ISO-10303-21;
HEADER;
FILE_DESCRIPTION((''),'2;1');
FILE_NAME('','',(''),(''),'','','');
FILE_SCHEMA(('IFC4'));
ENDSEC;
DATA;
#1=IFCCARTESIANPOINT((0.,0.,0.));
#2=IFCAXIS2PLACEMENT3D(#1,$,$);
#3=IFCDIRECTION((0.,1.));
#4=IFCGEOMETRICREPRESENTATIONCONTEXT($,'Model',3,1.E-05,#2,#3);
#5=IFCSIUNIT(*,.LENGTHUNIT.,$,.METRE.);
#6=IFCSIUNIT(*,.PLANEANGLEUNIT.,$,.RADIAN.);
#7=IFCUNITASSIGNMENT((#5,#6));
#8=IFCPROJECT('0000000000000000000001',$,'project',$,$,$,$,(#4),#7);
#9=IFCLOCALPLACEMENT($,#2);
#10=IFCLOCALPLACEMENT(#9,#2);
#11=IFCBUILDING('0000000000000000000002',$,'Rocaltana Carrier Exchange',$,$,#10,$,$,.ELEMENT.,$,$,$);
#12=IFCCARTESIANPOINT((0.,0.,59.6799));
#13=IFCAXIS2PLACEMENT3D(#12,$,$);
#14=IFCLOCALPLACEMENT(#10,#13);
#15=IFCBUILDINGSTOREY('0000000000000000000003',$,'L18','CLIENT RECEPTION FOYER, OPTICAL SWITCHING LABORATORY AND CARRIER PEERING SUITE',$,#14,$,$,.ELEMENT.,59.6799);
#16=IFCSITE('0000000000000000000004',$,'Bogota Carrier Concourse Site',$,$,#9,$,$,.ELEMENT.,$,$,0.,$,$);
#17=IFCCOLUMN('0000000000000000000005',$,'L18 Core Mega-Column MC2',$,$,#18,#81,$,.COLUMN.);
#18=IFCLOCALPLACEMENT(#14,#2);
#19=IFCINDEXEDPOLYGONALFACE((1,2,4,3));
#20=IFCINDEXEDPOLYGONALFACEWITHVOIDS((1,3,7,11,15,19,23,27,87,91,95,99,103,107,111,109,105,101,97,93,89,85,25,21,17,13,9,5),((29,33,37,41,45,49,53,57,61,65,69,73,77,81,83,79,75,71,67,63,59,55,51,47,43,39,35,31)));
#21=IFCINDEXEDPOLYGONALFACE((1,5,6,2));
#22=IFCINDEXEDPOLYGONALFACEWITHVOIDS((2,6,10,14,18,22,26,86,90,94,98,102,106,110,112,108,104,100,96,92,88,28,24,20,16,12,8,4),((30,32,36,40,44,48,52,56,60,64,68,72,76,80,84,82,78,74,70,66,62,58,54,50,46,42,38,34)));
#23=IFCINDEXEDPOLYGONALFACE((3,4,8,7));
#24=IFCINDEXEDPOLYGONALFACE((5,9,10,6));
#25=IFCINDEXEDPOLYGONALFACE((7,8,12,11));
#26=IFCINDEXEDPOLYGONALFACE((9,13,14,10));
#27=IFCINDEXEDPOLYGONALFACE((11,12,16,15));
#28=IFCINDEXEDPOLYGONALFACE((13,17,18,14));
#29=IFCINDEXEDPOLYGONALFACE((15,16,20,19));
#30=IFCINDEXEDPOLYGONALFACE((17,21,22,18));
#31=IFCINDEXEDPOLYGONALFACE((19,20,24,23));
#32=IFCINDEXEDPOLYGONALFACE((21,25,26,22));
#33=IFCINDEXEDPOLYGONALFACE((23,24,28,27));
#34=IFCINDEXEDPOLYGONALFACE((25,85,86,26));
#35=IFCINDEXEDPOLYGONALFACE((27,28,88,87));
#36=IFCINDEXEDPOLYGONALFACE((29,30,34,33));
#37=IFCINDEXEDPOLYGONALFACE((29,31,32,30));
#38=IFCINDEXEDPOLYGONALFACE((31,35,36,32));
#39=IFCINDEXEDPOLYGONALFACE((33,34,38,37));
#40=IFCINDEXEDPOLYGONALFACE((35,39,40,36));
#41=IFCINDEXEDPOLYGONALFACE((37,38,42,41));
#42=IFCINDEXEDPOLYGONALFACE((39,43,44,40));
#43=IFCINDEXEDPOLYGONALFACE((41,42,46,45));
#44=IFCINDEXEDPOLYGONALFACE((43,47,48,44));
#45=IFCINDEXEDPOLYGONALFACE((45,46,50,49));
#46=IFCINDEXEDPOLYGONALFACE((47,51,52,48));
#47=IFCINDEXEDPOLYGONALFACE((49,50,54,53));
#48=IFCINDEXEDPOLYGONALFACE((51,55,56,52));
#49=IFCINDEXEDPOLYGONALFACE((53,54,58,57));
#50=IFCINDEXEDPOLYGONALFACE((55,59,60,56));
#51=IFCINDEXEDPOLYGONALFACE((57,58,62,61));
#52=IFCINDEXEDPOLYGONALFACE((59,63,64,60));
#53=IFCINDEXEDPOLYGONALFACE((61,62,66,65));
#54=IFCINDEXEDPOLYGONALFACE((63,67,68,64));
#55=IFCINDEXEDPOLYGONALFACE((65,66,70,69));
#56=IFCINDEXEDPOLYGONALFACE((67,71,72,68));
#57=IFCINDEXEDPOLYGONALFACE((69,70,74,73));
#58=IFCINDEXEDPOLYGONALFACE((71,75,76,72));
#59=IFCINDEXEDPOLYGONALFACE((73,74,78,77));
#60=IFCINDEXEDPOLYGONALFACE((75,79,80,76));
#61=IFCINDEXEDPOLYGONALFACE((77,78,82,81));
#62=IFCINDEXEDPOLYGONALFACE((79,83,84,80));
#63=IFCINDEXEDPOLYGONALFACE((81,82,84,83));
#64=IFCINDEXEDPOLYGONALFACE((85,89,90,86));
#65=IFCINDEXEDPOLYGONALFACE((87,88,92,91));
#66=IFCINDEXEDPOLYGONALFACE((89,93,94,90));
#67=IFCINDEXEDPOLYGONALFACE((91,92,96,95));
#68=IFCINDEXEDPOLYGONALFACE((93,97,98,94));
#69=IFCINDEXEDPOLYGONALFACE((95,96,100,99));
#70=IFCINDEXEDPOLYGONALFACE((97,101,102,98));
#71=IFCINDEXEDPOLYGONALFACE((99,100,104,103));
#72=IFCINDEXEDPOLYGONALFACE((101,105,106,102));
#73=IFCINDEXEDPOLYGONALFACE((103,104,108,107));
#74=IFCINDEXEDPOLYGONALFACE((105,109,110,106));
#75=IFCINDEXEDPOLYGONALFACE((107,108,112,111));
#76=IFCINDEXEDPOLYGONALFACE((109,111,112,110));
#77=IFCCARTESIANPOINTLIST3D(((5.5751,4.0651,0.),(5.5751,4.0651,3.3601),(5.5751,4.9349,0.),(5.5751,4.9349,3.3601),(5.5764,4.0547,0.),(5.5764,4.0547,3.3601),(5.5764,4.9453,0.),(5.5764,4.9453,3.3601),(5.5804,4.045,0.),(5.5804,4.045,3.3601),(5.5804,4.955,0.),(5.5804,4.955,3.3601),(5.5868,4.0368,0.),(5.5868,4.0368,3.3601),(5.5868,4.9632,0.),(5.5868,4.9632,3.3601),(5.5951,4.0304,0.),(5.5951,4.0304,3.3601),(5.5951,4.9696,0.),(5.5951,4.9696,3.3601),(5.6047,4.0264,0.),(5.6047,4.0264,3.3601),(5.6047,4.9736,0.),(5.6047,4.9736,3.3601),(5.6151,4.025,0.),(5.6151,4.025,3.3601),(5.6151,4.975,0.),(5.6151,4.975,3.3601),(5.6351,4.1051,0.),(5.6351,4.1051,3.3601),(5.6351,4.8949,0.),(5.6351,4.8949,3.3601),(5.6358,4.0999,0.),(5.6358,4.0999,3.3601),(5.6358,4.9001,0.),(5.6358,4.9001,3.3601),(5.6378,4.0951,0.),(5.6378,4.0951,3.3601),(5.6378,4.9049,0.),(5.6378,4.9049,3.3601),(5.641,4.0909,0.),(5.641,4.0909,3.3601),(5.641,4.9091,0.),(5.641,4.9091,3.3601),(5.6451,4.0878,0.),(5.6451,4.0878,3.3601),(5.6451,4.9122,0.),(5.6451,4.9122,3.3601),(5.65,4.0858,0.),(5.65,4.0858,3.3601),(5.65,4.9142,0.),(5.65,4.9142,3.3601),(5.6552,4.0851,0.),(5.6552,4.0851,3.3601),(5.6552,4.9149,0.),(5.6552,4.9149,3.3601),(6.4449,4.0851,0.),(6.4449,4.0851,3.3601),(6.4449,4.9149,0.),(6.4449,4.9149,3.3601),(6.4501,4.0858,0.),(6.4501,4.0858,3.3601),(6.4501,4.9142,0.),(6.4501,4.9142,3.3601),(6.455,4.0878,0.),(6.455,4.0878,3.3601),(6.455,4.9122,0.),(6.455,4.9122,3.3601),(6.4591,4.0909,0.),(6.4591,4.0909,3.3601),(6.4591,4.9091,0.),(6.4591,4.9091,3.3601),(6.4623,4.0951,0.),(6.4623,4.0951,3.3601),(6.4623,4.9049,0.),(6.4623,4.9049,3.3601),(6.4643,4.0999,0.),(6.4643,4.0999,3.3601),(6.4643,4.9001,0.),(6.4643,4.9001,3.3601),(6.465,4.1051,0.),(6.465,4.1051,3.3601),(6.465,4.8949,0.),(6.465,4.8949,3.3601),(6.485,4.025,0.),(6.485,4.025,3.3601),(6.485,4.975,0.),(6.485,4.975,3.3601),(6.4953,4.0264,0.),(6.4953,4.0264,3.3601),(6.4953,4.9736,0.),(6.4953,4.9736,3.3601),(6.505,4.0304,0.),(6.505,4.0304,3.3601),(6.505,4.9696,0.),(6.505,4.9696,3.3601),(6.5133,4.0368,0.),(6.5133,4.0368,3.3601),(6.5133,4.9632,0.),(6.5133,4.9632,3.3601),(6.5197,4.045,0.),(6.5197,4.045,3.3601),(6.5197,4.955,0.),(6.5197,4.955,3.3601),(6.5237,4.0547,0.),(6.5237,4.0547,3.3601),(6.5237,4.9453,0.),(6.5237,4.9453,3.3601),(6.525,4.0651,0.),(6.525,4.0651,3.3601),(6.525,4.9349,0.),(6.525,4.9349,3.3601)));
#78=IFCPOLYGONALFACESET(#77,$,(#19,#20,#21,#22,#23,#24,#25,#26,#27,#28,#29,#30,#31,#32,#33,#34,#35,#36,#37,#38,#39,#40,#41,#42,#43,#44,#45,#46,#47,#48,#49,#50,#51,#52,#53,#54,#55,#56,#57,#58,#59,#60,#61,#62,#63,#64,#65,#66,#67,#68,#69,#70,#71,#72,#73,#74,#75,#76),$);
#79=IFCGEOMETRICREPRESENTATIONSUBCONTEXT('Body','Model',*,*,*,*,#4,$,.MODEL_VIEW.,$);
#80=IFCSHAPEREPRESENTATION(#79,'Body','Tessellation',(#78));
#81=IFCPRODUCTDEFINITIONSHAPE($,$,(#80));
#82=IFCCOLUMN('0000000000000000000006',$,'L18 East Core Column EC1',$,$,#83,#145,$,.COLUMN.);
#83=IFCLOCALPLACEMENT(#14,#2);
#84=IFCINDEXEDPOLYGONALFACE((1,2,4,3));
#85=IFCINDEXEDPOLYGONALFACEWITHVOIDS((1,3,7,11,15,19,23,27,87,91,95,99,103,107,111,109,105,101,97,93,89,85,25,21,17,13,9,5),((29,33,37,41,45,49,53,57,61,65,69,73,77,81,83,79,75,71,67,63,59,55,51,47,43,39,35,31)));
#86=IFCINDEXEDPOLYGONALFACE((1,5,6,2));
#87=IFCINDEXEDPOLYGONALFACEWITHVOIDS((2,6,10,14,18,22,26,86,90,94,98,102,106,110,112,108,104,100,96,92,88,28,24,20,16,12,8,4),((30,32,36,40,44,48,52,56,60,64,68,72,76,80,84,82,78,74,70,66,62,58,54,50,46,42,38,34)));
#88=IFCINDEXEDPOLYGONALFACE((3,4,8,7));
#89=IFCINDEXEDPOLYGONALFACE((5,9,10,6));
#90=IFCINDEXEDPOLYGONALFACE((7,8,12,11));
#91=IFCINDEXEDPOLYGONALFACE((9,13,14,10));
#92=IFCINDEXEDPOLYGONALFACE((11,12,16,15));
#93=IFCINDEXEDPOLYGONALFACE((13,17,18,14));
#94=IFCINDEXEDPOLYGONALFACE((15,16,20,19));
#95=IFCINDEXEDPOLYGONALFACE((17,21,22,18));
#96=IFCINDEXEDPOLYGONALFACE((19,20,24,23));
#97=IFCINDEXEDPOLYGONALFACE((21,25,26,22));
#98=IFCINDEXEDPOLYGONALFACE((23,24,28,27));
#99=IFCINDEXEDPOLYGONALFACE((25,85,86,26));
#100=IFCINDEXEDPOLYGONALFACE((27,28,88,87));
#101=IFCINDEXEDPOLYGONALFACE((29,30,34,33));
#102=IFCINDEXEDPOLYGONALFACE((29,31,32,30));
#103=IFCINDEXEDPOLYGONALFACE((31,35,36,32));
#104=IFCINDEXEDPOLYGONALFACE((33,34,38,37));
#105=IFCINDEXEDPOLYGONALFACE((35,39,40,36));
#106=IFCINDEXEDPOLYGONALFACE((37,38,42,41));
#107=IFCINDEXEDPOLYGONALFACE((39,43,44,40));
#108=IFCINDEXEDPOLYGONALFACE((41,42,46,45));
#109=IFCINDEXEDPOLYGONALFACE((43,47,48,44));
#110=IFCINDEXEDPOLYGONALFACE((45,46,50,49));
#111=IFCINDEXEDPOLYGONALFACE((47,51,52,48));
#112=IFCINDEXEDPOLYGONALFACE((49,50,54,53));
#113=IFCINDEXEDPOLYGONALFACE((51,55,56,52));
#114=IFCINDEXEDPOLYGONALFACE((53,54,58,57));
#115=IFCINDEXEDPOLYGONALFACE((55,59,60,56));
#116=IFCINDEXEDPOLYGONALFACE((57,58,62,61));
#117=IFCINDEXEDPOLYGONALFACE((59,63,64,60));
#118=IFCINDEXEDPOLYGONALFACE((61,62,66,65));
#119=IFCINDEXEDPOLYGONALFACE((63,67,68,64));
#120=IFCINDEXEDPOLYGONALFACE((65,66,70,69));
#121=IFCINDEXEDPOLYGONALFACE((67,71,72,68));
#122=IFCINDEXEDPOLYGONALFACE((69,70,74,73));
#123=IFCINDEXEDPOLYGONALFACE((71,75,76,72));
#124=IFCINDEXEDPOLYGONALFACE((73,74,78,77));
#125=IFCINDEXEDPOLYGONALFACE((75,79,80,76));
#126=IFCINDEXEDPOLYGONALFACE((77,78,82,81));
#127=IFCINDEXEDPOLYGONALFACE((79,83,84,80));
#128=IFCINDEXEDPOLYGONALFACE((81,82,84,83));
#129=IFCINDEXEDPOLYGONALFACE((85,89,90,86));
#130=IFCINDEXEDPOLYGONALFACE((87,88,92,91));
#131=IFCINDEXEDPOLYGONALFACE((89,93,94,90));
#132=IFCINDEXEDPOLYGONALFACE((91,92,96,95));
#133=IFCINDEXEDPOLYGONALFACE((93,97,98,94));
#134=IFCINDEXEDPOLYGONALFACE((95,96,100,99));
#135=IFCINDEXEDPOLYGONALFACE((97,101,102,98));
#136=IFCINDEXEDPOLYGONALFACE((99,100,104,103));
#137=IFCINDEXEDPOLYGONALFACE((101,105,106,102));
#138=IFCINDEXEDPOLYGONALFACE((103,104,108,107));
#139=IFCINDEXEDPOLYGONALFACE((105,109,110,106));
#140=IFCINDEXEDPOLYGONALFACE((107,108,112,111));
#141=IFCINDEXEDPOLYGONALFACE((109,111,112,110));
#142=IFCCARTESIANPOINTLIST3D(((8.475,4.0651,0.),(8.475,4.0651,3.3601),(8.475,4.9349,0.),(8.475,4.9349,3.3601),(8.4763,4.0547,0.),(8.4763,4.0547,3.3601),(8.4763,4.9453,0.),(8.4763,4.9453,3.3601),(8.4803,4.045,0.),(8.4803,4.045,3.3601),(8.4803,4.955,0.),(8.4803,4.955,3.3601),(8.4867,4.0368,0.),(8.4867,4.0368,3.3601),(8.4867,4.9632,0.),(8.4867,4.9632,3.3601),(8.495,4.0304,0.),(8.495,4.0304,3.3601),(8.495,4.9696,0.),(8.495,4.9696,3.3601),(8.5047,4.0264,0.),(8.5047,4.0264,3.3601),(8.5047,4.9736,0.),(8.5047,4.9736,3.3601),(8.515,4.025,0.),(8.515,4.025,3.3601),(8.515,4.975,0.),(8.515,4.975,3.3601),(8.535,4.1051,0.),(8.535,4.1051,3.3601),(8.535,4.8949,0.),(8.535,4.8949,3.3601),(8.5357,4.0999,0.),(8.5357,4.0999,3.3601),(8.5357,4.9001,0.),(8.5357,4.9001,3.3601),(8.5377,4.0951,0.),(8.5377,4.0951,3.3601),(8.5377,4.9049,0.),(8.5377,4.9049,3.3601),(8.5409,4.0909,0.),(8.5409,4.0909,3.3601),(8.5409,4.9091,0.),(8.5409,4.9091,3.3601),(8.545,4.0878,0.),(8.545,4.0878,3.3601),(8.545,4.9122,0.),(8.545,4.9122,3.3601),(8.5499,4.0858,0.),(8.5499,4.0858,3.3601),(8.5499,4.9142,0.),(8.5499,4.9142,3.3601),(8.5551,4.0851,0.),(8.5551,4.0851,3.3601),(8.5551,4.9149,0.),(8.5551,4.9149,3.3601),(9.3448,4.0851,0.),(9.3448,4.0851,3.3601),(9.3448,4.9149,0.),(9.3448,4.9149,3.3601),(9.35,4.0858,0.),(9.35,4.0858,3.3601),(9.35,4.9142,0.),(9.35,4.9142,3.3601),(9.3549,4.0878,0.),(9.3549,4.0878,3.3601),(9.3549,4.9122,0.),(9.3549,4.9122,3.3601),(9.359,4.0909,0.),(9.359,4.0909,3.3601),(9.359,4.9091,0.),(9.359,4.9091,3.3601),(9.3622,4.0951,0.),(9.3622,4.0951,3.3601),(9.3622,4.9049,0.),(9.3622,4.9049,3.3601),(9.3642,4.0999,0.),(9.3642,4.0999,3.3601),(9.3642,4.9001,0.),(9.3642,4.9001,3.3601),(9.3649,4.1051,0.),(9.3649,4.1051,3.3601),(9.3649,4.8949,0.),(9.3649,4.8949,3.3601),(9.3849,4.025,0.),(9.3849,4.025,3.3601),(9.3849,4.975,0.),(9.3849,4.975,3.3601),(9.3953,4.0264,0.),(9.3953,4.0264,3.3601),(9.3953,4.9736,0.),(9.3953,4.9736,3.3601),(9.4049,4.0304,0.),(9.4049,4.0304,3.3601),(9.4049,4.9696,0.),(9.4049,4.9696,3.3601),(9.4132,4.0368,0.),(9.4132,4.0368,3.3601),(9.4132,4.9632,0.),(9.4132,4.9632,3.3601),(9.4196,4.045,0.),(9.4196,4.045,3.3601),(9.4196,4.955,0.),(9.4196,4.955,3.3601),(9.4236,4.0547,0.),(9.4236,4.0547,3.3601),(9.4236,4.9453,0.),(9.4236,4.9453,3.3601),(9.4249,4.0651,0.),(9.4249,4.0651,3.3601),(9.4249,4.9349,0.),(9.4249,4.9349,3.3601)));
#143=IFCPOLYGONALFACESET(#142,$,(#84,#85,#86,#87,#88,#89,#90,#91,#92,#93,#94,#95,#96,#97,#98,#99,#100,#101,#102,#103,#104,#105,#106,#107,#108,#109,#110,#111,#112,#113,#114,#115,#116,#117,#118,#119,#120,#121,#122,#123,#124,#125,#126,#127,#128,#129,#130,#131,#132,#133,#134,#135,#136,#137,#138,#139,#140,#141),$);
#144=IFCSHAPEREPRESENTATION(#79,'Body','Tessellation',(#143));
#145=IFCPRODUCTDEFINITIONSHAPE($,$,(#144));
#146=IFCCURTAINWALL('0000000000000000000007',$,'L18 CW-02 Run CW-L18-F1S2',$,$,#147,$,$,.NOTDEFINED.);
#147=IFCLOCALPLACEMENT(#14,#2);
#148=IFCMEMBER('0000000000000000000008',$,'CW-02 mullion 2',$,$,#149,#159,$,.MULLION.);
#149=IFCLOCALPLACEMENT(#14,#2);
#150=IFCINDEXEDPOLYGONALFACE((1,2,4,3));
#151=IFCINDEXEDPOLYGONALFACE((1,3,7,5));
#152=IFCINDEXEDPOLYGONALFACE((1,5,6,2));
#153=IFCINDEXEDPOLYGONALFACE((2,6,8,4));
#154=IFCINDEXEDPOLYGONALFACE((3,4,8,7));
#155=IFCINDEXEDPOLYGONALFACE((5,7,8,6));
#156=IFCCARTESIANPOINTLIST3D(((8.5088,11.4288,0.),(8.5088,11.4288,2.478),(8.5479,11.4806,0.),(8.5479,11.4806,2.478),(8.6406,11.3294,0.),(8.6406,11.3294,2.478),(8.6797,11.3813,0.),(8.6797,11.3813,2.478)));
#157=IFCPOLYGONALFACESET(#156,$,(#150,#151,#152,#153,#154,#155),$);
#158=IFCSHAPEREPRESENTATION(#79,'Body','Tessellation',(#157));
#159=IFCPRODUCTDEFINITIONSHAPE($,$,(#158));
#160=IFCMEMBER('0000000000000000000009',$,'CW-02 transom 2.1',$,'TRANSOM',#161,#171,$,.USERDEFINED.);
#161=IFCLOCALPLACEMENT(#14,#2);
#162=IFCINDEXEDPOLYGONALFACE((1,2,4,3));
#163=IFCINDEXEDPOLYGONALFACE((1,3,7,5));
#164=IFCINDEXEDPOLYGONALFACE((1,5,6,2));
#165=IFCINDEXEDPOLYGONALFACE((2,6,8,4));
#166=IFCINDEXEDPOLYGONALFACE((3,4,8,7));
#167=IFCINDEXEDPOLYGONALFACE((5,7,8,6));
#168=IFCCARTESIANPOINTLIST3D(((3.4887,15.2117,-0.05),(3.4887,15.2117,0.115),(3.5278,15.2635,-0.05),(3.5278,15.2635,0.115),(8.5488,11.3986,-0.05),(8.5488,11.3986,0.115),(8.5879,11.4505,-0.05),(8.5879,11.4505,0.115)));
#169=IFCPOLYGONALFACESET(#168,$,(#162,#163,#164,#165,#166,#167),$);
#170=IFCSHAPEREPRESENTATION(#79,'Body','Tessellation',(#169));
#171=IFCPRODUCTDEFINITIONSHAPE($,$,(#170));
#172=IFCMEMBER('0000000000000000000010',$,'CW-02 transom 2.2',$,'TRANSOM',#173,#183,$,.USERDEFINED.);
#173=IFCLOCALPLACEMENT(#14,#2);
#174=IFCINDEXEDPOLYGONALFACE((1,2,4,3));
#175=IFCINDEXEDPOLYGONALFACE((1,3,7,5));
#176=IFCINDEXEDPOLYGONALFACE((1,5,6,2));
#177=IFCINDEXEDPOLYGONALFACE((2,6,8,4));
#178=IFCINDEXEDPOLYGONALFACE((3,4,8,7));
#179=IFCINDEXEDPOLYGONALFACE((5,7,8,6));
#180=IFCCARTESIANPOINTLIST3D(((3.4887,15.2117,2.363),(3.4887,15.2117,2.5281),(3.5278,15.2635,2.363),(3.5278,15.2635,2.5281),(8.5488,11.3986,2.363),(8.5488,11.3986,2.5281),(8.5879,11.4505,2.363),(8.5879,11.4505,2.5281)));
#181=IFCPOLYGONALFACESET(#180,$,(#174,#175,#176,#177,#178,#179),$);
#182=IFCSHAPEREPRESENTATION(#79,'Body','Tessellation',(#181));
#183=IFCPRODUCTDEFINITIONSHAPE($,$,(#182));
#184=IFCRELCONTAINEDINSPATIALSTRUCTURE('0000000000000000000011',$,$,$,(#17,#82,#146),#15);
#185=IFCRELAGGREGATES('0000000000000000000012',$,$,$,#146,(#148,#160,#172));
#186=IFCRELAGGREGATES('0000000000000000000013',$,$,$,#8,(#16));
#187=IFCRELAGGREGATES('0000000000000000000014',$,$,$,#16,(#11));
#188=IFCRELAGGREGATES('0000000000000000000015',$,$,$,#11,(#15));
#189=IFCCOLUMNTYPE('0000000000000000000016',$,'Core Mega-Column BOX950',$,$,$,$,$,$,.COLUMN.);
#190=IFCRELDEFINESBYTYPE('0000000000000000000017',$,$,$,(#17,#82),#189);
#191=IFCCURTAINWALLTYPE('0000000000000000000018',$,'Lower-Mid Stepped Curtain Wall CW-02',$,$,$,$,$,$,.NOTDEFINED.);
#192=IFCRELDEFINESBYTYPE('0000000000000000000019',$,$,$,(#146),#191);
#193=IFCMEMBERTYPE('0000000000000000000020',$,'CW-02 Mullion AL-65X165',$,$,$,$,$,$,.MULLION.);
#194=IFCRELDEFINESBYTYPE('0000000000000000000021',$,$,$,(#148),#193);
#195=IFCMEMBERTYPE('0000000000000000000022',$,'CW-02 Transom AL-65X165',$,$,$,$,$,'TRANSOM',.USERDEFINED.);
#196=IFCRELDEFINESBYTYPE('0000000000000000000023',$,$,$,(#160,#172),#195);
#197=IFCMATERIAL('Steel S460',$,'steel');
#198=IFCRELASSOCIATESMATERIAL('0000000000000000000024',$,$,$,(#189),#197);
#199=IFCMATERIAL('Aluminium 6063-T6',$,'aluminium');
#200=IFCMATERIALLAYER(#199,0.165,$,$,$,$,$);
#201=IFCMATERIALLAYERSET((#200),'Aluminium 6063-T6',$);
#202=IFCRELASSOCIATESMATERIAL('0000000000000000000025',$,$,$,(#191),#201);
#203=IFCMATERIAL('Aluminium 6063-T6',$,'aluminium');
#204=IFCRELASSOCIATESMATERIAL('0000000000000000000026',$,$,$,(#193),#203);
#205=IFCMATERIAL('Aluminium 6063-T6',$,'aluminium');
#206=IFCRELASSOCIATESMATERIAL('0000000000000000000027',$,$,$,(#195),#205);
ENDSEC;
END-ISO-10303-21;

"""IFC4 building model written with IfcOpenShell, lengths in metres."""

from ifc_helpers import new_model, si_unit, direction, frame, origin, origin_2d, place, context, subcontext, project, spatial, rectangle, hollow_rectangle, extrude, material, layer, layer_set, material_profile, profile_set, type_object, element, aggregate, save


model = new_model("IFC4")

# Units and contexts
model_context = context("Model", 3, precision=1e-05, world=origin(), true_north=direction((0.0, 1.0)))
body_context = subcontext(model_context, "Body", "Model", "MODEL_VIEW")
ifc_project = project(units=[si_unit("LENGTHUNIT", "METRE"), si_unit("PLANEANGLEUNIT", "RADIAN")], contexts=[model_context])

# Site, building, storey
site_placement = place(None, origin())
site = spatial("IfcSite", under=ifc_project, at=site_placement, Name="Bogota Carrier Concourse Site", CompositionType="ELEMENT", RefElevation=0.0)
building_placement = place(site_placement, origin())
building = spatial("IfcBuilding", under=site, at=building_placement, Name="Rocaltana Carrier Exchange", CompositionType="ELEMENT")
storey_placement = place(building_placement, frame((0.0, 0.0, 59.6799)))
storey = spatial("IfcBuildingStorey", under=building, at=storey_placement, Name="L18", Description="CLIENT RECEPTION FOYER, OPTICAL SWITCHING LABORATORY AND CARRIER PEERING SUITE", CompositionType="ELEMENT", Elevation=59.6799)

# Columns
ifc_material_1 = material(Name="Steel S460", Category="steel")
ifc_material_profile_1 = material_profile(ifc_material_1, hollow_rectangle(XDim=0.95, YDim=0.95, WallThickness=0.0601, InnerFilletRadius=0.02, OuterFilletRadius=0.04, at=origin_2d()), Name="BOX950X950X60")
ifc_profile_set_1 = profile_set([ifc_material_profile_1], Name="Steel S460")
column_type = type_object("IfcColumnType", Name="Core Mega-Column BOX950", PredefinedType="COLUMN", material=ifc_profile_set_1)
for number, where, z_axis, x_axis, name in (
    (1, (6.05, 4.5, 0.0), (0.0, 0.0, 1.0), (1.0, 0.0, 0.0), "L18 Core Mega-Column MC2"),
    (2, (8.95, 4.5, 0.0), (0.0, 0.0, 1.0), (1.0, 0.0, 0.0), "L18 East Core Column EC1"),
):
    element("IfcColumn", number, at=place(storey_placement, frame(where, z_axis=z_axis, x_axis=x_axis)), inside=storey, type_object=column_type, Name=name, PredefinedType="COLUMN", context=body_context, shape_type="SweptSolid", body=[
        extrude(hollow_rectangle(XDim=0.95, YDim=0.95, WallThickness=0.0601, InnerFilletRadius=0.02, OuterFilletRadius=0.04, at=origin_2d()), origin(), (0.0, 0.0, 1.0), 3.3601),
    ])

# Curtain wall, members
ifc_material_2 = material(Name="Aluminium 6063-T6", Category="aluminium")
ifc_layer_1 = layer(ifc_material_2, 0.165)
ifc_layer_set_1 = layer_set([ifc_layer_1], Name="Aluminium 6063-T6")
curtain_wall_type = type_object("IfcCurtainWallType", Name="Lower-Mid Stepped Curtain Wall CW-02", PredefinedType="NOTDEFINED", material=ifc_layer_set_1)
curtain_wall_placement = place(storey_placement, origin())
curtain_wall = element("IfcCurtainWall", 3, at=curtain_wall_placement, inside=storey, type_object=curtain_wall_type, Name="L18 CW-02 Run CW-L18-F1S2", PredefinedType="NOTDEFINED")
ifc_material_3 = material(Name="Aluminium 6063-T6", Category="aluminium")
ifc_material_profile_2 = material_profile(ifc_material_3, rectangle(XDim=0.0649, YDim=0.165, at=origin_2d()), Name="AL-65X165")
ifc_profile_set_2 = profile_set([ifc_material_profile_2], Name="Aluminium 6063-T6")
member_type_1 = type_object("IfcMemberType", Name="CW-02 Mullion AL-65X165", PredefinedType="MULLION", material=ifc_profile_set_2)
member_1_placement = place(storey_placement, frame((8.5942, 11.405, 0.0), z_axis=(0.0, 0.0, 1.0), x_axis=(-0.601815, -0.798635, 0.0)))
member_1 = element("IfcMember", 4, at=member_1_placement, type_object=member_type_1, Name="CW-02 mullion 2", PredefinedType="MULLION", context=body_context, shape_type="SweptSolid", body=[
    extrude(rectangle(XDim=0.0649, YDim=0.165, at=origin_2d()), origin(), (0.0, 0.0, 1.0), 2.478),
])
ifc_material_4 = material(Name="Aluminium 6063-T6", Category="aluminium")
ifc_material_profile_3 = material_profile(ifc_material_4, rectangle(XDim=0.0649, YDim=0.165, at=origin_2d()), Name="AL-65X165")
ifc_profile_set_3 = profile_set([ifc_material_profile_3], Name="Aluminium 6063-T6")
member_type_2 = type_object("IfcMemberType", Name="CW-02 Transom AL-65X165", ElementType="TRANSOM", PredefinedType="USERDEFINED", material=ifc_profile_set_3)
member_2_placement = place(storey_placement, frame((8.5684, 11.4246, 0.0325), z_axis=(-0.798638, 0.601811, 0.0), x_axis=(-0.601811, -0.798638, 0.0)))
member_2 = element("IfcMember", 5, at=member_2_placement, type_object=member_type_2, Name="CW-02 transom 2.1", ObjectType="TRANSOM", PredefinedType="USERDEFINED", context=body_context, shape_type="SweptSolid", body=[
    extrude(rectangle(XDim=0.0649, YDim=0.165, at=origin_2d()), origin(), (0.0, 0.0, 1.0), 6.3359),
])
member_3_placement = place(storey_placement, frame((8.5684, 11.4246, 2.4456), z_axis=(-0.798638, 0.601811, 0.0), x_axis=(-0.601811, -0.798638, 0.0)))
member_3 = element("IfcMember", 6, at=member_3_placement, type_object=member_type_2, Name="CW-02 transom 2.2", ObjectType="TRANSOM", PredefinedType="USERDEFINED", context=body_context, shape_type="SweptSolid", body=[
    extrude(rectangle(XDim=0.0649, YDim=0.165, at=origin_2d()), origin(), (0.0, 0.0, 1.0), 6.3359),
])

aggregate(curtain_wall, [member_1, member_2, member_3])

save(model, "model.ifc")
